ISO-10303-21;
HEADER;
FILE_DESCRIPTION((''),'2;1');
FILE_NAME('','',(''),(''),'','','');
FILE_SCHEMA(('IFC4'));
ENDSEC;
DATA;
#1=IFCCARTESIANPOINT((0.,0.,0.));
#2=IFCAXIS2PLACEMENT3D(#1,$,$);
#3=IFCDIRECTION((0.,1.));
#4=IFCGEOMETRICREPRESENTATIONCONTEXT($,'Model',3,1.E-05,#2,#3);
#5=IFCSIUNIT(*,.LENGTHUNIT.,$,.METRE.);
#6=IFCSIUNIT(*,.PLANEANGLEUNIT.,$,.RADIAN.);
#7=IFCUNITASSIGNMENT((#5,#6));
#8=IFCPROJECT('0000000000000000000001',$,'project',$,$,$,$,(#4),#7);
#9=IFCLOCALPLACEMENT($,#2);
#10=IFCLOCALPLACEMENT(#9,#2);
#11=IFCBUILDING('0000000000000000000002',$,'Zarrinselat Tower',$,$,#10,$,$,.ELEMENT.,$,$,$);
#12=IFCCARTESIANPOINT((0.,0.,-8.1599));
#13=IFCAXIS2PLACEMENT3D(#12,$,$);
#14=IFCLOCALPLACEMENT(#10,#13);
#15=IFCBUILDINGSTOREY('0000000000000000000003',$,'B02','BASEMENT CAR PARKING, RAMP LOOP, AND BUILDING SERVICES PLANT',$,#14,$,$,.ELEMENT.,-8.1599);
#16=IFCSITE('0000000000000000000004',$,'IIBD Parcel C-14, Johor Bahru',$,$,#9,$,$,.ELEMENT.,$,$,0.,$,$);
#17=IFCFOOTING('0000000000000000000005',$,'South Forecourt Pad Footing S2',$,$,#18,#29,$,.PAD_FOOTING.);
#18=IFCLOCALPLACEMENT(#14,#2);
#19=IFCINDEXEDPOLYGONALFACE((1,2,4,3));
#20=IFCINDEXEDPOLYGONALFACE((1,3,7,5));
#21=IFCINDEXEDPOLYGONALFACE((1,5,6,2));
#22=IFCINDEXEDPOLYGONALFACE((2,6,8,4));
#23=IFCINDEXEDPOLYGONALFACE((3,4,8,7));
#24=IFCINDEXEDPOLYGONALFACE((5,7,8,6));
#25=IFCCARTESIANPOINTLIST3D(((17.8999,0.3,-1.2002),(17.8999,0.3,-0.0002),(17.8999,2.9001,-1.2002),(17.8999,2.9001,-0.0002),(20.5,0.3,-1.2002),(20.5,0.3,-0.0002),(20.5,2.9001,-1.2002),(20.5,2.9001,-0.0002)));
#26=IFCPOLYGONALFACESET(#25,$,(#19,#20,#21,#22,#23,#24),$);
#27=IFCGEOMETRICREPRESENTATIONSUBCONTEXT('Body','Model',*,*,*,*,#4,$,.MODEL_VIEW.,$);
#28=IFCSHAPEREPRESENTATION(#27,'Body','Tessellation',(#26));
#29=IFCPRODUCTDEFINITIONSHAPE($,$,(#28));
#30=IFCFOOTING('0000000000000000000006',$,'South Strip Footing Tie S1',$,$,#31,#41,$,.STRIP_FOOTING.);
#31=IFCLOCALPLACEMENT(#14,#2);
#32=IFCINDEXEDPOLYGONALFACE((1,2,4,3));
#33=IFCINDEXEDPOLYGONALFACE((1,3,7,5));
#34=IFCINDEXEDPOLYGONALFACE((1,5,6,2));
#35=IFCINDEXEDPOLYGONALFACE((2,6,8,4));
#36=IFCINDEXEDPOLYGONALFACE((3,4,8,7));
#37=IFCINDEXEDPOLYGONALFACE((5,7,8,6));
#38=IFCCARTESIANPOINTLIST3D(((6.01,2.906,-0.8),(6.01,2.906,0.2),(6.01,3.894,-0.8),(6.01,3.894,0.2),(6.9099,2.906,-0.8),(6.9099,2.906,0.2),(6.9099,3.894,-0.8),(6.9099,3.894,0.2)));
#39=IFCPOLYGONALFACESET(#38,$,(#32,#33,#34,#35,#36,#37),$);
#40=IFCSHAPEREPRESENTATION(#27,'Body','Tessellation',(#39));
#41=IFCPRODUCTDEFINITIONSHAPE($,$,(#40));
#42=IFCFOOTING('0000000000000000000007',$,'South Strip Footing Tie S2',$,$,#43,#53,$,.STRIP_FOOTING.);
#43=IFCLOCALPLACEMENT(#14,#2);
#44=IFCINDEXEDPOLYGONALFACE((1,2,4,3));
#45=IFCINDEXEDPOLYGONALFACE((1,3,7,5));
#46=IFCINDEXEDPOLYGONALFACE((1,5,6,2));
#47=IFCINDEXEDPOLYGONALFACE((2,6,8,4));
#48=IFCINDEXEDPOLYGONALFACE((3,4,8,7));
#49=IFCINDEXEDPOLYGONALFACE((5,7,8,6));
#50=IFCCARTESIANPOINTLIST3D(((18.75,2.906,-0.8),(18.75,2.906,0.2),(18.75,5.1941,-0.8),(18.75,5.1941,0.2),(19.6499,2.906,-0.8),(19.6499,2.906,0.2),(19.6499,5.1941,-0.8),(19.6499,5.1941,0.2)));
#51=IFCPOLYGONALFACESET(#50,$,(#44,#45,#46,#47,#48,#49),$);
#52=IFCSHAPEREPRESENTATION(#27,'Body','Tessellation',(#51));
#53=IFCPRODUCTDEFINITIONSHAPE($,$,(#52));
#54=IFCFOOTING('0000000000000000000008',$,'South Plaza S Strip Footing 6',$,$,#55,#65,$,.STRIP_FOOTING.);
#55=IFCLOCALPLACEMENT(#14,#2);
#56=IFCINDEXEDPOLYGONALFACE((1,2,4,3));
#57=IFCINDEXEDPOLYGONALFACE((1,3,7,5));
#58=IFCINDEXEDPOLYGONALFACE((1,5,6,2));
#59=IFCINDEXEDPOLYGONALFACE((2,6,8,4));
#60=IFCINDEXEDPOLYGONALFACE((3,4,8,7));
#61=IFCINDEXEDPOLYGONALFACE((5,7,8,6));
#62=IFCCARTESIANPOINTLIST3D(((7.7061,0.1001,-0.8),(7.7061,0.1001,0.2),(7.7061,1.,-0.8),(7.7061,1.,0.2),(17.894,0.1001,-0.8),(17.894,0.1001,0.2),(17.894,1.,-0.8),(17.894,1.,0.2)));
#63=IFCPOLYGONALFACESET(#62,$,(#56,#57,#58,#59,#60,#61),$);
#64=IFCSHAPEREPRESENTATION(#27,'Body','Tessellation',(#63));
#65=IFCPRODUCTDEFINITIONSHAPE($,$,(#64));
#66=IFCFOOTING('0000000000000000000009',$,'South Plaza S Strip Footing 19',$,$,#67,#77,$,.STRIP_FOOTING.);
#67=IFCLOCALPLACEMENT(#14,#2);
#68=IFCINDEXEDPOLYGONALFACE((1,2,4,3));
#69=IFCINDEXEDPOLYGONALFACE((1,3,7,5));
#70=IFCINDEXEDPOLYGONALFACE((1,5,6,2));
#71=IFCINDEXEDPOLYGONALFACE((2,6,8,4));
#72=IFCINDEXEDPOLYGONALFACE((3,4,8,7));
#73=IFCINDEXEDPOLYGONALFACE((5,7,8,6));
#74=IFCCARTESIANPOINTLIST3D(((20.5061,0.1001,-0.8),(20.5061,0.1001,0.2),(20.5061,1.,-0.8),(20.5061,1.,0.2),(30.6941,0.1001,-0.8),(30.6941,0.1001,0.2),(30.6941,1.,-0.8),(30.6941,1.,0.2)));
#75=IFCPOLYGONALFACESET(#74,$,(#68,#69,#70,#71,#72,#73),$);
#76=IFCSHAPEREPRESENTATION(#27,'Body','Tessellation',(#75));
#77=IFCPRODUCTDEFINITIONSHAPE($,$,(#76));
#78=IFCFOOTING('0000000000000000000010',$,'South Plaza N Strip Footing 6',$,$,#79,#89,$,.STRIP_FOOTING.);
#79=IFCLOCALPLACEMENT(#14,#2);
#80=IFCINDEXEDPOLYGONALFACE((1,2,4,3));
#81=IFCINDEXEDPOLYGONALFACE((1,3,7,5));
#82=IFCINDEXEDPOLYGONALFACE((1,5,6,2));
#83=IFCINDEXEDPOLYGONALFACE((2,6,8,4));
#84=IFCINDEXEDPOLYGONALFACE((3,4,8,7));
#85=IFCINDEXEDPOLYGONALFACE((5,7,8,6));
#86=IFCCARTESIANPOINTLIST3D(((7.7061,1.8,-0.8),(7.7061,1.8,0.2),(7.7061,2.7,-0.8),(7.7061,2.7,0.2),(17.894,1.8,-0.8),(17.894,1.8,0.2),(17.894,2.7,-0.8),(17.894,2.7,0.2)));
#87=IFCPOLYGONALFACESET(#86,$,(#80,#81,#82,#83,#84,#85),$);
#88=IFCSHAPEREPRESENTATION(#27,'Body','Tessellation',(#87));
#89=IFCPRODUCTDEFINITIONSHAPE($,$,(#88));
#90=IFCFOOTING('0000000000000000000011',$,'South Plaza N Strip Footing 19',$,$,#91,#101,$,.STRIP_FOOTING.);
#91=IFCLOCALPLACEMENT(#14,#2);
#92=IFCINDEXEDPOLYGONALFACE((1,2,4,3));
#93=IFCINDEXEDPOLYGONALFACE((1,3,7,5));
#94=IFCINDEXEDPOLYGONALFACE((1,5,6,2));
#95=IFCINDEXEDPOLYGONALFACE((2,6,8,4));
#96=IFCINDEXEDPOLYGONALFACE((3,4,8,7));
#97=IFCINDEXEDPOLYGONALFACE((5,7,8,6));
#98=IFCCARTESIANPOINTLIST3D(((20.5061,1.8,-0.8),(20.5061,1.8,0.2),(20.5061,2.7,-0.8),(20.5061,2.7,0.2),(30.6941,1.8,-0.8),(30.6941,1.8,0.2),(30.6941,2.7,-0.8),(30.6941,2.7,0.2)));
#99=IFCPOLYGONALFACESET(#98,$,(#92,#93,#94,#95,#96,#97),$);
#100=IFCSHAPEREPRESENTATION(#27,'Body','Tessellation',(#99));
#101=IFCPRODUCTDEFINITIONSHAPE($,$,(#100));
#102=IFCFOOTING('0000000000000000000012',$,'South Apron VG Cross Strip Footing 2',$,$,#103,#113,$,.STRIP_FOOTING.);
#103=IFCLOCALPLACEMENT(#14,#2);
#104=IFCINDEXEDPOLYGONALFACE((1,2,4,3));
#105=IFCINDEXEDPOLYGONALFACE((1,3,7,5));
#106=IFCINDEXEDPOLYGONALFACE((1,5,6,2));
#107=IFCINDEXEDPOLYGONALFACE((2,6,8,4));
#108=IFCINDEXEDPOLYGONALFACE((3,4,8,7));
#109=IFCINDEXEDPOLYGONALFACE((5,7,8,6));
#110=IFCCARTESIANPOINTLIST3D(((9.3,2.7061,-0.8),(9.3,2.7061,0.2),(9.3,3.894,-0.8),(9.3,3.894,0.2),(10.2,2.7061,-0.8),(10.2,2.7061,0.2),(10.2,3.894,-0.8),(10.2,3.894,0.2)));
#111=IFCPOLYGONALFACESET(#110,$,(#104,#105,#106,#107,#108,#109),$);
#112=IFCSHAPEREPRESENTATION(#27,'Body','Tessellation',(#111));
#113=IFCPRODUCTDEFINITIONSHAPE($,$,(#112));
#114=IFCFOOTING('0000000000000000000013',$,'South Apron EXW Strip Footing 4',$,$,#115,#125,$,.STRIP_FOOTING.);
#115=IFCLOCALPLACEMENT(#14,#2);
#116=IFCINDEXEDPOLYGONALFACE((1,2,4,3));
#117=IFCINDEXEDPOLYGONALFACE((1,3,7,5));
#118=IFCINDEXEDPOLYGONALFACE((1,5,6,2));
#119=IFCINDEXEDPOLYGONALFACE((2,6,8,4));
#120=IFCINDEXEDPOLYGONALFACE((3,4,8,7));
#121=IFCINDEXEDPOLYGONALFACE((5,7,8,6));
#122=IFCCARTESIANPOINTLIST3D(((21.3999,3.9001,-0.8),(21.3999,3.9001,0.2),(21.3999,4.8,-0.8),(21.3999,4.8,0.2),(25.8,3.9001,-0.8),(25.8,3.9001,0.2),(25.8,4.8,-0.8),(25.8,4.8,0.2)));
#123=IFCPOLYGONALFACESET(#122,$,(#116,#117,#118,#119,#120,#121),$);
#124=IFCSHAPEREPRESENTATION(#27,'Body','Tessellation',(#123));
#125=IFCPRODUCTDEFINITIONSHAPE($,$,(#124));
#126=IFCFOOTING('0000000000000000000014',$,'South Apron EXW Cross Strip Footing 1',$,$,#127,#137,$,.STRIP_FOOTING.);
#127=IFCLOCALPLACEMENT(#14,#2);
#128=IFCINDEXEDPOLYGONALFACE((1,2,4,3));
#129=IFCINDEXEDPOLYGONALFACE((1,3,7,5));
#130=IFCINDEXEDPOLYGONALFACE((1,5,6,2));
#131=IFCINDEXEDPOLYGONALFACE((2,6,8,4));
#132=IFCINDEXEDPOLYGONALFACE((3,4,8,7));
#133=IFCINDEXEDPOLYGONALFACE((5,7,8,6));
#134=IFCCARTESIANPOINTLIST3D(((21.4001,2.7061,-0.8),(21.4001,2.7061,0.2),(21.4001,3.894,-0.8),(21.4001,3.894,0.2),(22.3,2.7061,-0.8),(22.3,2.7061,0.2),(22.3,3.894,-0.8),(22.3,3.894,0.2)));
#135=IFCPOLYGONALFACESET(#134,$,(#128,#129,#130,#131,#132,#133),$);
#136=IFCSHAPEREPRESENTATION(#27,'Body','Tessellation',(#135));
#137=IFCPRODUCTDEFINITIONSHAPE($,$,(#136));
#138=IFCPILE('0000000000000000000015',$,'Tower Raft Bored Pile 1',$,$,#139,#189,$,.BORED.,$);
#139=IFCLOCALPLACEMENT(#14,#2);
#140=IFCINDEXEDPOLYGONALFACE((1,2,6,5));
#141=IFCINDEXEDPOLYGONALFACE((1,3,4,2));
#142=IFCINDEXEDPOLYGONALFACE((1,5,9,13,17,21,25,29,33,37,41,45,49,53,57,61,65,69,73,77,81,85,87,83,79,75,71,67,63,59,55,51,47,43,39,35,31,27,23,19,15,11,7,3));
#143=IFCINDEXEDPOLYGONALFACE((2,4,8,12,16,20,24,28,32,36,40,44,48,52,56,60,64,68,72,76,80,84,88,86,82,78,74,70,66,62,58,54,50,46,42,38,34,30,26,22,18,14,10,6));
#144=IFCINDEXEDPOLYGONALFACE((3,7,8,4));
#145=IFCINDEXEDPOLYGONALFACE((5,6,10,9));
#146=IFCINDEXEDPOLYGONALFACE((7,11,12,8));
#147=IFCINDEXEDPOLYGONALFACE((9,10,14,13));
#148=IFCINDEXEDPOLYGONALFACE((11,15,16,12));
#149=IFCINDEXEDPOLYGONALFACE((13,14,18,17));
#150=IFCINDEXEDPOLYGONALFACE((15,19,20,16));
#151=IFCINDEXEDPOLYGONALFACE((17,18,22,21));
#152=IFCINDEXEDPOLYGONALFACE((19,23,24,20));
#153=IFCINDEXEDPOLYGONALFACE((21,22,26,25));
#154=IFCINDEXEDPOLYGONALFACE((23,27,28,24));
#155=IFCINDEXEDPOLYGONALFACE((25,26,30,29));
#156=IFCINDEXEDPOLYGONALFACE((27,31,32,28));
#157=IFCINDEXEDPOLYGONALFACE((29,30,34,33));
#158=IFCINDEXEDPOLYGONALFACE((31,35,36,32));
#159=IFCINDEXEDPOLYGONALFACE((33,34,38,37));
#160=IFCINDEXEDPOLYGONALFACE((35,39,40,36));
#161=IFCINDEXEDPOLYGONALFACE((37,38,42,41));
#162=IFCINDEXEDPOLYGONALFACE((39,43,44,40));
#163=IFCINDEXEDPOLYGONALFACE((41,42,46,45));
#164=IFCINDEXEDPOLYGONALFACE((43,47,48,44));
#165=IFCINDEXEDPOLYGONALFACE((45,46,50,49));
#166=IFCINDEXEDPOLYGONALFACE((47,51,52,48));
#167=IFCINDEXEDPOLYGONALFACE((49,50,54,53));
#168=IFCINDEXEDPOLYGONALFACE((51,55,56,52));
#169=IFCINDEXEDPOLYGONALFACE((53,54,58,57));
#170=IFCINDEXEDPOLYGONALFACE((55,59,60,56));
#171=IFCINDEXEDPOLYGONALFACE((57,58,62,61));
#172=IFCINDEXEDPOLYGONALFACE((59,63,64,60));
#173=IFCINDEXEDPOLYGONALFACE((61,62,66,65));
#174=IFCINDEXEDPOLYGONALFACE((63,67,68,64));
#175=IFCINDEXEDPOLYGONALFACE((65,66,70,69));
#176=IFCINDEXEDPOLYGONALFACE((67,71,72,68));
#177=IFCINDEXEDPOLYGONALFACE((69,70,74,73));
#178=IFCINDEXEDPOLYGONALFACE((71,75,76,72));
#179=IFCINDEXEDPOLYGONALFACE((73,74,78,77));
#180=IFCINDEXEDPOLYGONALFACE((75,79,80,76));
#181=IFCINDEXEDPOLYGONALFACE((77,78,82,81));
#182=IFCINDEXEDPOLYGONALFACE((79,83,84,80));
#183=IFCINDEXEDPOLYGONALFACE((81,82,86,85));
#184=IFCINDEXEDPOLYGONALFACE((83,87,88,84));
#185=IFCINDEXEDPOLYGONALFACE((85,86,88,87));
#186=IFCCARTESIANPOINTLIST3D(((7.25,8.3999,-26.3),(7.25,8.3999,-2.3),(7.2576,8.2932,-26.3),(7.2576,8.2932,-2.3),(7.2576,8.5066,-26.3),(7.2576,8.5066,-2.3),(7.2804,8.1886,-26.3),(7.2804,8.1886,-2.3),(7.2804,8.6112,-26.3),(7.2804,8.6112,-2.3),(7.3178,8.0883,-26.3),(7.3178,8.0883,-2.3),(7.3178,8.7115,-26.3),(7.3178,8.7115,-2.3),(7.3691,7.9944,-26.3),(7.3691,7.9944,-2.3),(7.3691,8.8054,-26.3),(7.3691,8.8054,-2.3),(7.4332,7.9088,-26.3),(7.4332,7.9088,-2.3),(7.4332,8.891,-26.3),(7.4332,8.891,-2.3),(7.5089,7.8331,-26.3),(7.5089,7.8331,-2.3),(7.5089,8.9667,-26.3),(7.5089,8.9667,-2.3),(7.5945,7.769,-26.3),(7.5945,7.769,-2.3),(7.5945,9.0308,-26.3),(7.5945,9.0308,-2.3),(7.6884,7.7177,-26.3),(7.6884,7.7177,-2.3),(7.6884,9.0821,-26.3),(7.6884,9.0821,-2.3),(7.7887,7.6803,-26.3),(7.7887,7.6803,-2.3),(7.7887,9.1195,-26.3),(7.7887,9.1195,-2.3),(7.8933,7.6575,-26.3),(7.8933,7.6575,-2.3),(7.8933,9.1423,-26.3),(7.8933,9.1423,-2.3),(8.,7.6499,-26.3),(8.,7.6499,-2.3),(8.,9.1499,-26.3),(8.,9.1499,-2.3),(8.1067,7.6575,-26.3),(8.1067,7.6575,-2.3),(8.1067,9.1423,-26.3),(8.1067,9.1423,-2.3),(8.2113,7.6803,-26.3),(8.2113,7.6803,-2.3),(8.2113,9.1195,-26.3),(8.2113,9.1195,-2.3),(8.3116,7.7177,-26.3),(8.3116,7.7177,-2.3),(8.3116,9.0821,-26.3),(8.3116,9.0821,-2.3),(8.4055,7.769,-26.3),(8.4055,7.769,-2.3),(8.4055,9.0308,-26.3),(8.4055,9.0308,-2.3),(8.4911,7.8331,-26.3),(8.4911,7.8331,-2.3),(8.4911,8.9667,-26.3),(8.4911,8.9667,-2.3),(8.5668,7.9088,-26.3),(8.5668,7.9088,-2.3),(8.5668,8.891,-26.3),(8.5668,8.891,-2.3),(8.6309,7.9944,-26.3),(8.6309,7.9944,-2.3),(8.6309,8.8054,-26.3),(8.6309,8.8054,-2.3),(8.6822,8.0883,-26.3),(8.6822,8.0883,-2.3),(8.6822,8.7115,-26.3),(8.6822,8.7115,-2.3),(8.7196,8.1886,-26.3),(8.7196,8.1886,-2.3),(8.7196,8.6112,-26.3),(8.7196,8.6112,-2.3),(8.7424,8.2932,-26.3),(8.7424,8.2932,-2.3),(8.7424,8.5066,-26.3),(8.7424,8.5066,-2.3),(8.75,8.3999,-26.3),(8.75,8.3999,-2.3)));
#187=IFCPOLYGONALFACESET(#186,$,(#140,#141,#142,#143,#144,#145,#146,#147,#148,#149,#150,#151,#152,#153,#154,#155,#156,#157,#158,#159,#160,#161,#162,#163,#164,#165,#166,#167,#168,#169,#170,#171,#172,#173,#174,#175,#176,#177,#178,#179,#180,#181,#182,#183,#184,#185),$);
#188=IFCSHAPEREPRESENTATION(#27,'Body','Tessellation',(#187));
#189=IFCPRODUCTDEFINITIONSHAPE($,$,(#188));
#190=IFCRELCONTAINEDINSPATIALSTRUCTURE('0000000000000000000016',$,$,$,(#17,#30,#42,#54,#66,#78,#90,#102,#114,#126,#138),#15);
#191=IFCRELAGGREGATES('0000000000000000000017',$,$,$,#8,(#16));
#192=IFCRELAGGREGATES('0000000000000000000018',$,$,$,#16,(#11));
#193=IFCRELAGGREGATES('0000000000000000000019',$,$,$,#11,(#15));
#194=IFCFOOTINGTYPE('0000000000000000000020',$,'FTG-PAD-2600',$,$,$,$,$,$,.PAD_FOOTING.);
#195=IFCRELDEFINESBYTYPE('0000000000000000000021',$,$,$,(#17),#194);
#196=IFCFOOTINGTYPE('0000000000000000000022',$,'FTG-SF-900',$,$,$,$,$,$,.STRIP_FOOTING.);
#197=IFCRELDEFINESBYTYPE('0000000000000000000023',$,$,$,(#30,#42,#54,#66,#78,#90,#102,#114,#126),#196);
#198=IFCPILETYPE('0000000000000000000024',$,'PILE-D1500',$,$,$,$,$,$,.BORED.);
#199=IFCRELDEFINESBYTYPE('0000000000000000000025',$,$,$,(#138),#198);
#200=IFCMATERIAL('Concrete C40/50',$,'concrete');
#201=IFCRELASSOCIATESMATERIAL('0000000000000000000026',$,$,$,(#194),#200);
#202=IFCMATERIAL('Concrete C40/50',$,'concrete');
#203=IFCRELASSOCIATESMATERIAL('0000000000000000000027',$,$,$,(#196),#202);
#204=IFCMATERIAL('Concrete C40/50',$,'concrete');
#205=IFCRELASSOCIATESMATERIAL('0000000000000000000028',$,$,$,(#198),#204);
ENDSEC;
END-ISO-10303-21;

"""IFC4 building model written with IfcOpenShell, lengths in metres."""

from ifc_helpers import new_model, si_unit, direction, frame, origin, origin_2d, place, context, subcontext, project, spatial, rectangle, circle, extrude, material, material_profile, profile_set, type_object, element, save


model = new_model("IFC4")

# Units and contexts
model_context = context("Model", 3, precision=1e-05, world=origin(), true_north=direction((0.0, 1.0)))
body_context = subcontext(model_context, "Body", "Model", "MODEL_VIEW")
ifc_project = project(units=[si_unit("LENGTHUNIT", "METRE"), si_unit("PLANEANGLEUNIT", "RADIAN")], contexts=[model_context])

# Site, building, storey
site_placement = place(None, origin())
site = spatial("IfcSite", under=ifc_project, at=site_placement, Name="IIBD Parcel C-14, Johor Bahru", CompositionType="ELEMENT", RefElevation=0.0)
building_placement = place(site_placement, origin())
building = spatial("IfcBuilding", under=site, at=building_placement, Name="Zarrinselat Tower", CompositionType="ELEMENT")
storey_placement = place(building_placement, frame((0.0, 0.0, -8.1599)))
storey = spatial("IfcBuildingStorey", under=building, at=storey_placement, Name="B02", Description="BASEMENT CAR PARKING, RAMP LOOP, AND BUILDING SERVICES PLANT", CompositionType="ELEMENT", Elevation=-8.1599)

# Footings
ifc_material_1 = material(Name="Concrete C40/50", Category="concrete")
footing_type_1 = type_object("IfcFootingType", Name="FTG-PAD-2600", PredefinedType="PAD_FOOTING", material=ifc_material_1)
footing_1_placement = place(storey_placement, frame((19.2, 1.6001, -1.2002), z_axis=(0.0, 0.0, 1.0), x_axis=(1.0, 0.0, 0.0)))
element("IfcFooting", 1, at=footing_1_placement, inside=storey, type_object=footing_type_1, Name="South Forecourt Pad Footing S2", PredefinedType="PAD_FOOTING", context=body_context, shape_type="SweptSolid", body=[
    extrude(rectangle(XDim=2.6001, YDim=2.6001, at=origin_2d()), origin(), (0.0, 0.0, 1.0), 1.2),
])
ifc_material_2 = material(Name="Concrete C40/50", Category="concrete")
ifc_material_profile_1 = material_profile(ifc_material_2, rectangle(XDim=0.8999, YDim=1.0, at=origin_2d()), Name="RC SF 900x1000")
ifc_profile_set_1 = profile_set([ifc_material_profile_1], Name="Concrete C40/50")
footing_type_2 = type_object("IfcFootingType", Name="FTG-SF-900", PredefinedType="STRIP_FOOTING", material=ifc_profile_set_1)
footing_2_placement = place(storey_placement, frame((6.46, 2.906, -0.3), z_axis=(0.0, 1.0, 0.0), x_axis=(-1.0, 0.0, 0.0)))
element("IfcFooting", 2, at=footing_2_placement, inside=storey, type_object=footing_type_2, Name="South Strip Footing Tie S1", PredefinedType="STRIP_FOOTING", context=body_context, shape_type="SweptSolid", body=[
    extrude(rectangle(XDim=0.8999, YDim=1.0, at=origin_2d()), origin(), (0.0, 0.0, 1.0), 0.988),
])
footing_3_placement = place(storey_placement, frame((19.2, 2.906, -0.3), z_axis=(0.0, 1.0, 0.0), x_axis=(-1.0, 0.0, 0.0)))
element("IfcFooting", 3, at=footing_3_placement, inside=storey, type_object=footing_type_2, Name="South Strip Footing Tie S2", PredefinedType="STRIP_FOOTING", context=body_context, shape_type="SweptSolid", body=[
    extrude(rectangle(XDim=0.8999, YDim=1.0, at=origin_2d()), origin(), (0.0, 0.0, 1.0), 2.2881),
])
for number, where, z_axis, x_axis, name in (
    (4, (7.7061, 0.55, -0.3), (1.0, 0.0, 0.0), (0.0, 1.0, 0.0), "South Plaza S Strip Footing 6"),
    (5, (20.5061, 0.55, -0.3), (1.0, 0.0, 0.0), (0.0, 1.0, 0.0), "South Plaza S Strip Footing 19"),
    (6, (7.7061, 2.25, -0.3), (1.0, 0.0, 0.0), (0.0, 1.0, 0.0), "South Plaza N Strip Footing 6"),
    (7, (20.5061, 2.25, -0.3), (1.0, 0.0, 0.0), (0.0, 1.0, 0.0), "South Plaza N Strip Footing 19"),
):
    element("IfcFooting", number, at=place(storey_placement, frame(where, z_axis=z_axis, x_axis=x_axis)), inside=storey, type_object=footing_type_2, Name=name, PredefinedType="STRIP_FOOTING", context=body_context, shape_type="SweptSolid", body=[
        extrude(rectangle(XDim=0.8999, YDim=1.0, at=origin_2d()), origin(), (0.0, 0.0, 1.0), 10.188),
    ])
footing_4_placement = place(storey_placement, frame((9.75, 2.7061, -0.3), z_axis=(0.0, 1.0, 0.0), x_axis=(-1.0, 0.0, 0.0)))
element("IfcFooting", 8, at=footing_4_placement, inside=storey, type_object=footing_type_2, Name="South Apron VG Cross Strip Footing 2", PredefinedType="STRIP_FOOTING", context=body_context, shape_type="SweptSolid", body=[
    extrude(rectangle(XDim=0.8999, YDim=1.0, at=origin_2d()), origin(), (0.0, 0.0, 1.0), 1.188),
])
footing_5_placement = place(storey_placement, frame((21.3999, 4.3501, -0.3), z_axis=(1.0, 0.0, 0.0), x_axis=(0.0, 1.0, 0.0)))
element("IfcFooting", 9, at=footing_5_placement, inside=storey, type_object=footing_type_2, Name="South Apron EXW Strip Footing 4", PredefinedType="STRIP_FOOTING", context=body_context, shape_type="SweptSolid", body=[
    extrude(rectangle(XDim=0.8999, YDim=1.0, at=origin_2d()), origin(), (0.0, 0.0, 1.0), 4.4001),
])
footing_6_placement = place(storey_placement, frame((21.8501, 2.7061, -0.3), z_axis=(0.0, 1.0, 0.0), x_axis=(-1.0, 0.0, 0.0)))
element("IfcFooting", 10, at=footing_6_placement, inside=storey, type_object=footing_type_2, Name="South Apron EXW Cross Strip Footing 1", PredefinedType="STRIP_FOOTING", context=body_context, shape_type="SweptSolid", body=[
    extrude(rectangle(XDim=0.8999, YDim=1.0, at=origin_2d()), origin(), (0.0, 0.0, 1.0), 1.188),
])

# Pile
ifc_material_3 = material(Name="Concrete C40/50", Category="concrete")
ifc_material_profile_2 = material_profile(ifc_material_3, circle(Radius=0.75, at=origin_2d()), Name="BORED PILE D1500")
ifc_profile_set_2 = profile_set([ifc_material_profile_2], Name="Concrete C40/50")
pile_type = type_object("IfcPileType", Name="PILE-D1500", PredefinedType="BORED", material=ifc_profile_set_2)
for number, where, z_axis, x_axis, name in (
    (11, (8.0, 8.3999, -2.3), (0.0, 0.0, -1.0), (1.0, 0.0, 0.0), "Tower Raft Bored Pile 1"),
):
    element("IfcPile", number, at=place(storey_placement, frame(where, z_axis=z_axis, x_axis=x_axis)), inside=storey, type_object=pile_type, Name=name, PredefinedType="BORED", context=body_context, shape_type="SweptSolid", body=[
        extrude(circle(Radius=0.75, at=origin_2d()), origin(), (0.0, 0.0, 1.0), 24.0),
    ])

save(model, "model.ifc")
